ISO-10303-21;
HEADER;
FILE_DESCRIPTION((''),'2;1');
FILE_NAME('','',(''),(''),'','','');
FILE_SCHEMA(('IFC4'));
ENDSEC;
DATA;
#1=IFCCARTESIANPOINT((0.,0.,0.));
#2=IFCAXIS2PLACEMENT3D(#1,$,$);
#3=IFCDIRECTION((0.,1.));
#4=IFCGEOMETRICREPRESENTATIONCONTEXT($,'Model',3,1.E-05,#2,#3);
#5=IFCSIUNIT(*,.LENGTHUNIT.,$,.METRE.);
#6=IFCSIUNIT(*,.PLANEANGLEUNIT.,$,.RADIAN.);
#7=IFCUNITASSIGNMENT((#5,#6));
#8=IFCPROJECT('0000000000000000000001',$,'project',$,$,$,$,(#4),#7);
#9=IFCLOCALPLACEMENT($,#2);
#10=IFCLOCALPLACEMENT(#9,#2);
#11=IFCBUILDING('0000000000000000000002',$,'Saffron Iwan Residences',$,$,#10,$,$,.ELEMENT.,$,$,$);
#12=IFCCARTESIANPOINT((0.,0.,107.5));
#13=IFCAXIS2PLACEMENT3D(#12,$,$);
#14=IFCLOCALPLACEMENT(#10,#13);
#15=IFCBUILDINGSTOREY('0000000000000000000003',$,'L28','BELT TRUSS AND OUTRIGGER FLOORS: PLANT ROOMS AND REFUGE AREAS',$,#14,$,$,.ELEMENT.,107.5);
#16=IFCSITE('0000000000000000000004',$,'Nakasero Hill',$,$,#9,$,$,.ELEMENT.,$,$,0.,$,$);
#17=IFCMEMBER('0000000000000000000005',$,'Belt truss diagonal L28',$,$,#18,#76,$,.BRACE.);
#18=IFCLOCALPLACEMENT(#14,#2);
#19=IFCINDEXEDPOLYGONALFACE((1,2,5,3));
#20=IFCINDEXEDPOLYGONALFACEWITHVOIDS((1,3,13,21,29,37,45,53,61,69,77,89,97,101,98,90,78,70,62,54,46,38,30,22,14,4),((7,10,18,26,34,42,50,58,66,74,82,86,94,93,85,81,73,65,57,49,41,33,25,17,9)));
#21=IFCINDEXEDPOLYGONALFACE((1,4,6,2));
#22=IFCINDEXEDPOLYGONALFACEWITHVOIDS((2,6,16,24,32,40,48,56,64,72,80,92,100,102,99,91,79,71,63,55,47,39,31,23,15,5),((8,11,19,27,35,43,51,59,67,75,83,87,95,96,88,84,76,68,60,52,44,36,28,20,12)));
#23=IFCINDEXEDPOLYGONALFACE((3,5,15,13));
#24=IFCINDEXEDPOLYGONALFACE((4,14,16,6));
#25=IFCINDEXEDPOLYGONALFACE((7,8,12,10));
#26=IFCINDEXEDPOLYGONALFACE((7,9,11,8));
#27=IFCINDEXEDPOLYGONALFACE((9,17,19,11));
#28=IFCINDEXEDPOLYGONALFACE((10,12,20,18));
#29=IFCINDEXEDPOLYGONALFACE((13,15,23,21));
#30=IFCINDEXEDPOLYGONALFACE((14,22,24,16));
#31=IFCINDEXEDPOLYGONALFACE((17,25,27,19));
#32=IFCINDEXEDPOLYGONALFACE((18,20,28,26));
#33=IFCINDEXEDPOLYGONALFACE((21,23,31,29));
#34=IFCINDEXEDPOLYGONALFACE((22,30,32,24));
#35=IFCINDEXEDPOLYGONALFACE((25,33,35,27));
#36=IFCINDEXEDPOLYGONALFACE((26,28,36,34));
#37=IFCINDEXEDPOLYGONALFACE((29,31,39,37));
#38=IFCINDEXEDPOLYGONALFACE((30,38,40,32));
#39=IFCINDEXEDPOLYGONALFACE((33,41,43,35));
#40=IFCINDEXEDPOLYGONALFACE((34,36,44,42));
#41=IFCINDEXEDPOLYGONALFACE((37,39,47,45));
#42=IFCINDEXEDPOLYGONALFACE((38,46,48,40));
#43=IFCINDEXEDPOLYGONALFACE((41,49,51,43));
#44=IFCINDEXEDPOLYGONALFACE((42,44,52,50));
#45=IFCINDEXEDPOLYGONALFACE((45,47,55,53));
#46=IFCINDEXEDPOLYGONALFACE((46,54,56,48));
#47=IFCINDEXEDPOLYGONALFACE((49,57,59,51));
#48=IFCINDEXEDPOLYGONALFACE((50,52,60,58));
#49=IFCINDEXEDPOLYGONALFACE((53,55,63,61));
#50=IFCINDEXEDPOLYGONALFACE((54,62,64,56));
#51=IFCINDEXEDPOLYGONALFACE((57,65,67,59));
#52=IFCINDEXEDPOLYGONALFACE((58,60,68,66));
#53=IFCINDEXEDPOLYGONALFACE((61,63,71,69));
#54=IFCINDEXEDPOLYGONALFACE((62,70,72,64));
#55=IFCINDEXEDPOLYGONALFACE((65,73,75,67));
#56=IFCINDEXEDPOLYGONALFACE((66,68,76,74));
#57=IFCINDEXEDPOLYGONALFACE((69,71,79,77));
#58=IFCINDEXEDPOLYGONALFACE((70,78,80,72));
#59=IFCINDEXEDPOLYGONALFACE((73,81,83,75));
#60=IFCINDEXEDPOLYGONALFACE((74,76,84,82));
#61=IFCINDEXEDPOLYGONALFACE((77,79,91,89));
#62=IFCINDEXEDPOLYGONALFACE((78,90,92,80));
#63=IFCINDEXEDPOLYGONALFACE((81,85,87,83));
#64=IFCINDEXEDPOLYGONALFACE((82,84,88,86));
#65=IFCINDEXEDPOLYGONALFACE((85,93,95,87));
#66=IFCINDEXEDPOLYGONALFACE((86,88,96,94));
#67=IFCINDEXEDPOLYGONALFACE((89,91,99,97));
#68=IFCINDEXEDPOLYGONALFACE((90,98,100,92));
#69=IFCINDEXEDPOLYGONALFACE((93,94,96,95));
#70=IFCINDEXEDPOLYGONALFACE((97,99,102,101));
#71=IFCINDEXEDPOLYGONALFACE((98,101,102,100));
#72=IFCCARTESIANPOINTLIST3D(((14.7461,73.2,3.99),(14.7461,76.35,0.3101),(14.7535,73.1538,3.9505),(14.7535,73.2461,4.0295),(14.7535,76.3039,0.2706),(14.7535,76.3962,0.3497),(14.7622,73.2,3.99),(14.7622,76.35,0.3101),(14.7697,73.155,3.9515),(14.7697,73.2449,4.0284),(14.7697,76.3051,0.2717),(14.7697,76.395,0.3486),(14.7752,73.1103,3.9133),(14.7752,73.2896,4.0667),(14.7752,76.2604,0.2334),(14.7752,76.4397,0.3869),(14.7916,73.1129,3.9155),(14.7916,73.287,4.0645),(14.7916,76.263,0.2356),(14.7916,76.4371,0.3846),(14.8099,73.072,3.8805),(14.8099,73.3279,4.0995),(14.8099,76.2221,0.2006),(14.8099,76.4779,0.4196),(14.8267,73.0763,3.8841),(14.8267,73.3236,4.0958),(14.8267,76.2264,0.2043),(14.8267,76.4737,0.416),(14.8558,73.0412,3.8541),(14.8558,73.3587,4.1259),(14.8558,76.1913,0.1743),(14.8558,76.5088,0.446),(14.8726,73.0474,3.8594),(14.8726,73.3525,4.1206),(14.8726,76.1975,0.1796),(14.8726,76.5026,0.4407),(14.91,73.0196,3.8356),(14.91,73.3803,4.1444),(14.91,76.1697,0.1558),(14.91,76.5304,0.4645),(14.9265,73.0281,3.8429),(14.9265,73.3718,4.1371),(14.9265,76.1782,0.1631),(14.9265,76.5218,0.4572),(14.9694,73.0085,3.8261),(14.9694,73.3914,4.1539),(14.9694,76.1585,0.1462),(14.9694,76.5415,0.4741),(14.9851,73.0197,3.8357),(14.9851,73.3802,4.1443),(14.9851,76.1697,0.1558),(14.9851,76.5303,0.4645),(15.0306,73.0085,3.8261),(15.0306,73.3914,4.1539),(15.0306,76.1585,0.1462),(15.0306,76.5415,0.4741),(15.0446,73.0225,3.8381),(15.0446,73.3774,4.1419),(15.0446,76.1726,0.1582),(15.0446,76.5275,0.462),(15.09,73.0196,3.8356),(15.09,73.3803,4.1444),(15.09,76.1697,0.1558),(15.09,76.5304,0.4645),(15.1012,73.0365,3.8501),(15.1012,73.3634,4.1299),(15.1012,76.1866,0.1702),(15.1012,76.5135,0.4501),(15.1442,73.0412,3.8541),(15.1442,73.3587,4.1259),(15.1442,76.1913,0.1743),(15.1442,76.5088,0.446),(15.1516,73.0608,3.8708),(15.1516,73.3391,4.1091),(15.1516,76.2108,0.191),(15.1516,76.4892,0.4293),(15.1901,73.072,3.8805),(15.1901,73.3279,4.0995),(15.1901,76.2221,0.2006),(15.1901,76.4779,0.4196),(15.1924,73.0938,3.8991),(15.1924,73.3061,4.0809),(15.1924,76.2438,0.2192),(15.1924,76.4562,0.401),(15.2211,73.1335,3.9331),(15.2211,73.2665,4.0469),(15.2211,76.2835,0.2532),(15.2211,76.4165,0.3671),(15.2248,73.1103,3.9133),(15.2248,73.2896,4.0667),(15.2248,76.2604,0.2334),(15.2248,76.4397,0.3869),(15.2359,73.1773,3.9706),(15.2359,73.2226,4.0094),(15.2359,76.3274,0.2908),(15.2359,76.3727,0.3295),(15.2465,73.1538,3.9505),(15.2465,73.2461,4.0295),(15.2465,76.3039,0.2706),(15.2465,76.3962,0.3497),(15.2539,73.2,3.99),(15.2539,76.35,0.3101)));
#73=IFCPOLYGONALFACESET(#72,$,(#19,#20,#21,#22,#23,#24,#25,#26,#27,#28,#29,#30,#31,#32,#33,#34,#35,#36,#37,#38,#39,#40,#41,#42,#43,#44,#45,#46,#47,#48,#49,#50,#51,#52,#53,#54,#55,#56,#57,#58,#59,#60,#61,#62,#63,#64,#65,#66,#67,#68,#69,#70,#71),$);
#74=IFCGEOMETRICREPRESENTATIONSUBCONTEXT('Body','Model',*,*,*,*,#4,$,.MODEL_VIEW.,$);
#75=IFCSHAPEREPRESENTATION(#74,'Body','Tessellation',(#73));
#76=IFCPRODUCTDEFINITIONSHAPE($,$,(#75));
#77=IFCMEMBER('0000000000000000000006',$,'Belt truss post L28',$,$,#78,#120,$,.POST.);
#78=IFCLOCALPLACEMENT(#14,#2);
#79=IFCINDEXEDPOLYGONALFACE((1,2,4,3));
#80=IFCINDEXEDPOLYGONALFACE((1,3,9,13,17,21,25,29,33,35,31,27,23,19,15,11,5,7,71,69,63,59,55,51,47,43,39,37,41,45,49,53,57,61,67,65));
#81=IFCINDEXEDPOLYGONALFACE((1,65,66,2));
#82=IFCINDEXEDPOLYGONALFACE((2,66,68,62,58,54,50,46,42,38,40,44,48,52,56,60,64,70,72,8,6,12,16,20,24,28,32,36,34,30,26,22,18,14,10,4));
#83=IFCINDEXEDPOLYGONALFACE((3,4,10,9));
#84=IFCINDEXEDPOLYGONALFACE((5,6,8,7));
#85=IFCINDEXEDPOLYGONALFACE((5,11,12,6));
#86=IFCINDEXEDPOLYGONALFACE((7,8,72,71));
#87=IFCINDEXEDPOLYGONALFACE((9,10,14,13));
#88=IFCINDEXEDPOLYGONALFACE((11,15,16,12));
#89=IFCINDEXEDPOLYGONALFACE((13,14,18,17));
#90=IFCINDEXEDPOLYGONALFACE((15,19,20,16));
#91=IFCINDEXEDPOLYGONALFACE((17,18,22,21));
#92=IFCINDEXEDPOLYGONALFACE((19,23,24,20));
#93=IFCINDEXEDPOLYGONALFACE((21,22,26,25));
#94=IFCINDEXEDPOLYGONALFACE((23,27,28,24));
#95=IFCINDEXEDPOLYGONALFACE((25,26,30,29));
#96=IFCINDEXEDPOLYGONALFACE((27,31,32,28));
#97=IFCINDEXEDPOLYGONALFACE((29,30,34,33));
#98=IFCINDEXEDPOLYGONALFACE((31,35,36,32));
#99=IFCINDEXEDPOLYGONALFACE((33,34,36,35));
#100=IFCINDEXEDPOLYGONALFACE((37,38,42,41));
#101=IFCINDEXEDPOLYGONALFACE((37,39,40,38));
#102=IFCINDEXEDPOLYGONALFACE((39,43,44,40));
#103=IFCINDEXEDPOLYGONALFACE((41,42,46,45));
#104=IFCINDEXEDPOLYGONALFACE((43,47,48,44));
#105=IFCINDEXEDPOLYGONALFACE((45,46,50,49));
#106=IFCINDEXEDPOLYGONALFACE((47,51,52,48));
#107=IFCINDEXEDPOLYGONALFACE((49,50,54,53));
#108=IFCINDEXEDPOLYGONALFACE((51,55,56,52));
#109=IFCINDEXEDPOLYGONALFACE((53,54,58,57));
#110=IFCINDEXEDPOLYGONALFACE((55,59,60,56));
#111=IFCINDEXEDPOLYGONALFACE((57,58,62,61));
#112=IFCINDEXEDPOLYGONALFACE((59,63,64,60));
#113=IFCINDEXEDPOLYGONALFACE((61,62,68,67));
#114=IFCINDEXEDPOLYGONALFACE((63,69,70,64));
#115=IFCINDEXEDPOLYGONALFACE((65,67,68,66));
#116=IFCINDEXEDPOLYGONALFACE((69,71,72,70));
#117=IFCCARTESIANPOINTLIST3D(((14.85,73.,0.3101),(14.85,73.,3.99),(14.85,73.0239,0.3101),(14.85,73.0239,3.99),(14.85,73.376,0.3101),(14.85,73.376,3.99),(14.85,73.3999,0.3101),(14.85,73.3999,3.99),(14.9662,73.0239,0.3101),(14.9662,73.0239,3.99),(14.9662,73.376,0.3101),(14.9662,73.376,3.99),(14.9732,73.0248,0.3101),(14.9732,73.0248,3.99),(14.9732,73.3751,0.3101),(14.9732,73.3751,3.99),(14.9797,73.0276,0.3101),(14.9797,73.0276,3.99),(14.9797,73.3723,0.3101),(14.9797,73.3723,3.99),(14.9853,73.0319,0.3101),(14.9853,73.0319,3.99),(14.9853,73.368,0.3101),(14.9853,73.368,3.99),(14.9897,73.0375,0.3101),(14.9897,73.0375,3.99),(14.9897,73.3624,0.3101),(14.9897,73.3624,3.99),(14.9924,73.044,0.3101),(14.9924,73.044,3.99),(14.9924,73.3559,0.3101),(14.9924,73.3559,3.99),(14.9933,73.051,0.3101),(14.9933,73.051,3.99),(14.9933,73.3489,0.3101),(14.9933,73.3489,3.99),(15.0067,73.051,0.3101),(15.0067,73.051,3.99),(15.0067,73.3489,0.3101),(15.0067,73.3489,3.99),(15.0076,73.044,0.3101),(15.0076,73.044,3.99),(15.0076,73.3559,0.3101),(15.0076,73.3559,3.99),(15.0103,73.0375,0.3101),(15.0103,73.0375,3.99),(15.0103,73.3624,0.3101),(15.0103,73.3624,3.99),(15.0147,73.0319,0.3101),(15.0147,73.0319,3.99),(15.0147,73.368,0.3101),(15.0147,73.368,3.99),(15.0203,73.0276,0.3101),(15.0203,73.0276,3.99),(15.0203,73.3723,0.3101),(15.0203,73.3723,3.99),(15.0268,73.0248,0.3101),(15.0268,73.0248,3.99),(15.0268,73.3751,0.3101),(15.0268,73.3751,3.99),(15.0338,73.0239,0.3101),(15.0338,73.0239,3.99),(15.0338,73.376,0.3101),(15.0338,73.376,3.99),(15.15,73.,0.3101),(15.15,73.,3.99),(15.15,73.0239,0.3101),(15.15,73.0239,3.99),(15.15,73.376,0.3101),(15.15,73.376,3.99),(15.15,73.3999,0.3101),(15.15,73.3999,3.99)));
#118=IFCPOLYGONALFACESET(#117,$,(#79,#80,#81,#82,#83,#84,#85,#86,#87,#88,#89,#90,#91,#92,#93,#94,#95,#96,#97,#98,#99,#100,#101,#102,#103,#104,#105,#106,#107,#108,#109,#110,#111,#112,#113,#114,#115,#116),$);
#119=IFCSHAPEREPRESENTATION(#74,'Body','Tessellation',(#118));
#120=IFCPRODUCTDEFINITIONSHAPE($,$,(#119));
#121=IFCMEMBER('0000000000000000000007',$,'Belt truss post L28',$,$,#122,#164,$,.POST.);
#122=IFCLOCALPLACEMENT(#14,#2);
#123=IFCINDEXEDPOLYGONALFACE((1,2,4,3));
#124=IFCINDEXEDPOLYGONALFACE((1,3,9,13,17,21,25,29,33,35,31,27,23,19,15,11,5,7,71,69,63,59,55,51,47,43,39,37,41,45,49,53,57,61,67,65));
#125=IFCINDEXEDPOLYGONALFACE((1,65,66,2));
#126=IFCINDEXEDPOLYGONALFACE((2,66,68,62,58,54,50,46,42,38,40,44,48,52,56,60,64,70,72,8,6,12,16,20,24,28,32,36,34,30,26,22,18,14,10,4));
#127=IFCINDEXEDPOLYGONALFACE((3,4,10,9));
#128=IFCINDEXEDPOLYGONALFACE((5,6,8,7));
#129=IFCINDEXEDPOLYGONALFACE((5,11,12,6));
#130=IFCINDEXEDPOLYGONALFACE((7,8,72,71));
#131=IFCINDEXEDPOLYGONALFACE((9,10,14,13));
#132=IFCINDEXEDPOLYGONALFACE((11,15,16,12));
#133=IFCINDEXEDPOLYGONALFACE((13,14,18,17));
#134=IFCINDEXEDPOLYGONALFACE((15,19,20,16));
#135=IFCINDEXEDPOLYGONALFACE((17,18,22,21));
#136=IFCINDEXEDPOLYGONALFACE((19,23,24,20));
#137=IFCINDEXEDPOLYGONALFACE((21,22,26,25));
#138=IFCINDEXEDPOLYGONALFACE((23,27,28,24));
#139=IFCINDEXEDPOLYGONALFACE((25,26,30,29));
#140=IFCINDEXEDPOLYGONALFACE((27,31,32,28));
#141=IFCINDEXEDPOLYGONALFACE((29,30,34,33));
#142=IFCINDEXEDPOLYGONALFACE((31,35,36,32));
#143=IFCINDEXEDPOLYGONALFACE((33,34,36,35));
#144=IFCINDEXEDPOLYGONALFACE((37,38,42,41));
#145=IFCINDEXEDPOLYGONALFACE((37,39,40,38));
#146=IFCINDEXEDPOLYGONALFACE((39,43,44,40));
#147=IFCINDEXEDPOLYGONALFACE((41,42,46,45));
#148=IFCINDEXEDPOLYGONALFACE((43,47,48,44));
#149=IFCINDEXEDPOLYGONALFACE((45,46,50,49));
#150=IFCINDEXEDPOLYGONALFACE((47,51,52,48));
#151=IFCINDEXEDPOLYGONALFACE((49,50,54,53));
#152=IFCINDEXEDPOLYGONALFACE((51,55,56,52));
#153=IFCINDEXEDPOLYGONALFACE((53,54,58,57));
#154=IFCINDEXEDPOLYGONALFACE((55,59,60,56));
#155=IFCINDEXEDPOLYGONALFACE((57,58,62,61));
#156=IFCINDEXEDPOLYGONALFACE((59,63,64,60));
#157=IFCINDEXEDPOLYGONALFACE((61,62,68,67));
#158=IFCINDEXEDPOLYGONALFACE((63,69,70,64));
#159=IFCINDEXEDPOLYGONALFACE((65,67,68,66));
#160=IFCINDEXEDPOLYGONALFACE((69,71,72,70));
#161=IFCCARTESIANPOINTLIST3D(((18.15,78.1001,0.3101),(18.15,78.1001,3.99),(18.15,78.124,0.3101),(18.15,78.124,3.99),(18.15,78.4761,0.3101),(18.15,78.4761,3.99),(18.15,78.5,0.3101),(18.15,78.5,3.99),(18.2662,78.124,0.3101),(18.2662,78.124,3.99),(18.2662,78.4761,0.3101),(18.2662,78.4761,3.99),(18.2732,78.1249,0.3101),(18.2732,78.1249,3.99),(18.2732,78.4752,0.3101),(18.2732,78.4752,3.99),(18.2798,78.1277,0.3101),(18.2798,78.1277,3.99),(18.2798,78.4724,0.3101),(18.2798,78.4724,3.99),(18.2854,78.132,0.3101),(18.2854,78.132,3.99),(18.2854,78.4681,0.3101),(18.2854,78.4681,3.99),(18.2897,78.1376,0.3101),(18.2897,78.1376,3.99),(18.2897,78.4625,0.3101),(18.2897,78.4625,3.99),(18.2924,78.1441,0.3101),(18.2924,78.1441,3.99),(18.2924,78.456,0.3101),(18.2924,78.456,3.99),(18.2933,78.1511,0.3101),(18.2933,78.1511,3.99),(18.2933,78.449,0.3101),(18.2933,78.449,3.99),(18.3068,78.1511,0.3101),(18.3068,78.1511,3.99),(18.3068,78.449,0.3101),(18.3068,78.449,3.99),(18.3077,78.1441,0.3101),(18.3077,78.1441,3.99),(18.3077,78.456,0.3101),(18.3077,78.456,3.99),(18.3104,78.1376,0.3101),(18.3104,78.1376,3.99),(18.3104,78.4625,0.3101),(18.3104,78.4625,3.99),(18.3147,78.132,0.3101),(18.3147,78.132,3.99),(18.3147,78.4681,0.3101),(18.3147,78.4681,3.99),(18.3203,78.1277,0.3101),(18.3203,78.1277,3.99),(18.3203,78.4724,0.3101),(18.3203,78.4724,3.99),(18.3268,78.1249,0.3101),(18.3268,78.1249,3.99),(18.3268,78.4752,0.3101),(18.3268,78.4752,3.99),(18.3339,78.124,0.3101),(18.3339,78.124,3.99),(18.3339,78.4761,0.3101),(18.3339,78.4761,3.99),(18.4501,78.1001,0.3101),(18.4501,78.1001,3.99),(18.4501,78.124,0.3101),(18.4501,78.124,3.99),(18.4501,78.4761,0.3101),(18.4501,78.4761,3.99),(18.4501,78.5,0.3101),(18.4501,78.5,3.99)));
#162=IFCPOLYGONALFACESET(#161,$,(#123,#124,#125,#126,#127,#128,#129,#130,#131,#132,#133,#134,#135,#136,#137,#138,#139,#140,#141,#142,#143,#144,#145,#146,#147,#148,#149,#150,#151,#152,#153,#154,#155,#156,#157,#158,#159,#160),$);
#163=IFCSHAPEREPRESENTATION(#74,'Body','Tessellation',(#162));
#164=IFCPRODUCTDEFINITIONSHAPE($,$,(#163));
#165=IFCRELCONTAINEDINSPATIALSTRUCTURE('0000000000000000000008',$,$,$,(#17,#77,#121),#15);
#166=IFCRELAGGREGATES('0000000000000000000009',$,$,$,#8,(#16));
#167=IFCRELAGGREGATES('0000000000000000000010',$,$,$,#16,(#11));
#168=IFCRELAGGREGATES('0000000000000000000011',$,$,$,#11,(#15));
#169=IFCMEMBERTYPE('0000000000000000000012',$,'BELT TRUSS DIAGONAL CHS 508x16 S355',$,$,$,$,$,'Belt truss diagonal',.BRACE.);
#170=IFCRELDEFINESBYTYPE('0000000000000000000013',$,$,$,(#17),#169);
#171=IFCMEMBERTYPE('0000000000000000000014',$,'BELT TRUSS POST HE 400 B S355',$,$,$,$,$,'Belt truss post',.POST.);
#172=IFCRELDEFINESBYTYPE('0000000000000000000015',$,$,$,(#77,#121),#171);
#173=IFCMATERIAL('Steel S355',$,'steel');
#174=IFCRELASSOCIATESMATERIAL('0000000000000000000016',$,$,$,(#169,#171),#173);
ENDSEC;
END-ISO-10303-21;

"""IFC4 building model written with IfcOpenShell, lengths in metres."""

from ifc_helpers import new_model, si_unit, direction, frame, origin, origin_2d, place, context, subcontext, project, spatial, hollow_circle, i_section, extrude, source, transform, mapped, material, material_profile, profile_set, type_object, element, save


model = new_model("IFC4")

# Units and contexts
model_context = context("Model", 3, precision=1e-05, world=origin(), true_north=direction((0.0, 1.0)))
body_context = subcontext(model_context, "Body", "Model", "MODEL_VIEW")
ifc_project = project(units=[si_unit("LENGTHUNIT", "METRE"), si_unit("PLANEANGLEUNIT", "RADIAN")], contexts=[model_context])

# Site, building, storey
site_placement = place(None, origin())
site = spatial("IfcSite", under=ifc_project, at=site_placement, Name="Nakasero Hill", CompositionType="ELEMENT", RefElevation=0.0)
building_placement = place(site_placement, origin())
building = spatial("IfcBuilding", under=site, at=building_placement, Name="Saffron Iwan Residences", CompositionType="ELEMENT")
storey_placement = place(building_placement, frame((0.0, 0.0, 107.5)))
storey = spatial("IfcBuildingStorey", under=building, at=storey_placement, Name="L28", Description="BELT TRUSS AND OUTRIGGER FLOORS: PLANT ROOMS AND REFUGE AREAS", CompositionType="ELEMENT", Elevation=107.5)

# Members
ifc_material_1 = material(Name="Steel S355", Category="steel")
ifc_material_profile_1 = material_profile(ifc_material_1, hollow_circle(Radius=0.2539, WallThickness=0.0161, at=origin_2d()), Name="CHS 508x16")
ifc_profile_set_1 = profile_set([ifc_material_profile_1], Name="Steel S355")
member_type_1 = type_object("IfcMemberType", Name="BELT TRUSS DIAGONAL CHS 508x16 S355", ElementType="Belt truss diagonal", PredefinedType="BRACE", material=ifc_profile_set_1)
shared_shape_1 = source(origin(), body_context, "Body", "SweptSolid", [
    extrude(hollow_circle(Radius=0.2539, WallThickness=0.0161, at=origin_2d()), origin(), (0.0, 0.0, 1.0), 4.844),
])
for number, where, z_axis, x_axis, name in (
    (1, (15.0, 73.2, 3.99), (0.0, 0.650306, -0.759673), (-1.0, 0.0, 0.0), "Belt truss diagonal L28"),
):
    element("IfcMember", number, at=place(storey_placement, frame(where, z_axis=z_axis, x_axis=x_axis)), inside=storey, type_object=member_type_1, Name=name, PredefinedType="BRACE", context=body_context, shape_type="MappedRepresentation", body=[
        mapped(shared_shape_1, transform((0.0, 0.0, 0.0))),
    ])
ifc_material_profile_2 = material_profile(ifc_material_1, i_section(OverallWidth=0.3, OverallDepth=0.3999, WebThickness=0.0134, FlangeThickness=0.0239, FilletRadius=0.0271, at=origin_2d()), Name="HE 400 B")
ifc_profile_set_2 = profile_set([ifc_material_profile_2], Name="Steel S355")
member_type_2 = type_object("IfcMemberType", Name="BELT TRUSS POST HE 400 B S355", ElementType="Belt truss post", PredefinedType="POST", material=ifc_profile_set_2)
shared_shape_2 = source(origin(), body_context, "Body", "SweptSolid", [
    extrude(i_section(OverallWidth=0.3, OverallDepth=0.3999, WebThickness=0.0134, FlangeThickness=0.0239, FilletRadius=0.0271, at=origin_2d()), origin(), (0.0, 0.0, 1.0), 3.6799),
])
for number, where, z_axis, x_axis, name in (
    (2, (15.0, 73.2, 0.3101), (0.0, 0.0, 1.0), (1.0, 0.0, 0.0), "Belt truss post L28"),
    (3, (18.3, 78.3, 0.3101), (0.0, 0.0, 1.0), (1.0, 0.0, 0.0), "Belt truss post L28"),
):
    element("IfcMember", number, at=place(storey_placement, frame(where, z_axis=z_axis, x_axis=x_axis)), inside=storey, type_object=member_type_2, Name=name, PredefinedType="POST", context=body_context, shape_type="MappedRepresentation", body=[
        mapped(shared_shape_2, transform((0.0, 0.0, 0.0))),
    ])

save(model, "model.ifc")
